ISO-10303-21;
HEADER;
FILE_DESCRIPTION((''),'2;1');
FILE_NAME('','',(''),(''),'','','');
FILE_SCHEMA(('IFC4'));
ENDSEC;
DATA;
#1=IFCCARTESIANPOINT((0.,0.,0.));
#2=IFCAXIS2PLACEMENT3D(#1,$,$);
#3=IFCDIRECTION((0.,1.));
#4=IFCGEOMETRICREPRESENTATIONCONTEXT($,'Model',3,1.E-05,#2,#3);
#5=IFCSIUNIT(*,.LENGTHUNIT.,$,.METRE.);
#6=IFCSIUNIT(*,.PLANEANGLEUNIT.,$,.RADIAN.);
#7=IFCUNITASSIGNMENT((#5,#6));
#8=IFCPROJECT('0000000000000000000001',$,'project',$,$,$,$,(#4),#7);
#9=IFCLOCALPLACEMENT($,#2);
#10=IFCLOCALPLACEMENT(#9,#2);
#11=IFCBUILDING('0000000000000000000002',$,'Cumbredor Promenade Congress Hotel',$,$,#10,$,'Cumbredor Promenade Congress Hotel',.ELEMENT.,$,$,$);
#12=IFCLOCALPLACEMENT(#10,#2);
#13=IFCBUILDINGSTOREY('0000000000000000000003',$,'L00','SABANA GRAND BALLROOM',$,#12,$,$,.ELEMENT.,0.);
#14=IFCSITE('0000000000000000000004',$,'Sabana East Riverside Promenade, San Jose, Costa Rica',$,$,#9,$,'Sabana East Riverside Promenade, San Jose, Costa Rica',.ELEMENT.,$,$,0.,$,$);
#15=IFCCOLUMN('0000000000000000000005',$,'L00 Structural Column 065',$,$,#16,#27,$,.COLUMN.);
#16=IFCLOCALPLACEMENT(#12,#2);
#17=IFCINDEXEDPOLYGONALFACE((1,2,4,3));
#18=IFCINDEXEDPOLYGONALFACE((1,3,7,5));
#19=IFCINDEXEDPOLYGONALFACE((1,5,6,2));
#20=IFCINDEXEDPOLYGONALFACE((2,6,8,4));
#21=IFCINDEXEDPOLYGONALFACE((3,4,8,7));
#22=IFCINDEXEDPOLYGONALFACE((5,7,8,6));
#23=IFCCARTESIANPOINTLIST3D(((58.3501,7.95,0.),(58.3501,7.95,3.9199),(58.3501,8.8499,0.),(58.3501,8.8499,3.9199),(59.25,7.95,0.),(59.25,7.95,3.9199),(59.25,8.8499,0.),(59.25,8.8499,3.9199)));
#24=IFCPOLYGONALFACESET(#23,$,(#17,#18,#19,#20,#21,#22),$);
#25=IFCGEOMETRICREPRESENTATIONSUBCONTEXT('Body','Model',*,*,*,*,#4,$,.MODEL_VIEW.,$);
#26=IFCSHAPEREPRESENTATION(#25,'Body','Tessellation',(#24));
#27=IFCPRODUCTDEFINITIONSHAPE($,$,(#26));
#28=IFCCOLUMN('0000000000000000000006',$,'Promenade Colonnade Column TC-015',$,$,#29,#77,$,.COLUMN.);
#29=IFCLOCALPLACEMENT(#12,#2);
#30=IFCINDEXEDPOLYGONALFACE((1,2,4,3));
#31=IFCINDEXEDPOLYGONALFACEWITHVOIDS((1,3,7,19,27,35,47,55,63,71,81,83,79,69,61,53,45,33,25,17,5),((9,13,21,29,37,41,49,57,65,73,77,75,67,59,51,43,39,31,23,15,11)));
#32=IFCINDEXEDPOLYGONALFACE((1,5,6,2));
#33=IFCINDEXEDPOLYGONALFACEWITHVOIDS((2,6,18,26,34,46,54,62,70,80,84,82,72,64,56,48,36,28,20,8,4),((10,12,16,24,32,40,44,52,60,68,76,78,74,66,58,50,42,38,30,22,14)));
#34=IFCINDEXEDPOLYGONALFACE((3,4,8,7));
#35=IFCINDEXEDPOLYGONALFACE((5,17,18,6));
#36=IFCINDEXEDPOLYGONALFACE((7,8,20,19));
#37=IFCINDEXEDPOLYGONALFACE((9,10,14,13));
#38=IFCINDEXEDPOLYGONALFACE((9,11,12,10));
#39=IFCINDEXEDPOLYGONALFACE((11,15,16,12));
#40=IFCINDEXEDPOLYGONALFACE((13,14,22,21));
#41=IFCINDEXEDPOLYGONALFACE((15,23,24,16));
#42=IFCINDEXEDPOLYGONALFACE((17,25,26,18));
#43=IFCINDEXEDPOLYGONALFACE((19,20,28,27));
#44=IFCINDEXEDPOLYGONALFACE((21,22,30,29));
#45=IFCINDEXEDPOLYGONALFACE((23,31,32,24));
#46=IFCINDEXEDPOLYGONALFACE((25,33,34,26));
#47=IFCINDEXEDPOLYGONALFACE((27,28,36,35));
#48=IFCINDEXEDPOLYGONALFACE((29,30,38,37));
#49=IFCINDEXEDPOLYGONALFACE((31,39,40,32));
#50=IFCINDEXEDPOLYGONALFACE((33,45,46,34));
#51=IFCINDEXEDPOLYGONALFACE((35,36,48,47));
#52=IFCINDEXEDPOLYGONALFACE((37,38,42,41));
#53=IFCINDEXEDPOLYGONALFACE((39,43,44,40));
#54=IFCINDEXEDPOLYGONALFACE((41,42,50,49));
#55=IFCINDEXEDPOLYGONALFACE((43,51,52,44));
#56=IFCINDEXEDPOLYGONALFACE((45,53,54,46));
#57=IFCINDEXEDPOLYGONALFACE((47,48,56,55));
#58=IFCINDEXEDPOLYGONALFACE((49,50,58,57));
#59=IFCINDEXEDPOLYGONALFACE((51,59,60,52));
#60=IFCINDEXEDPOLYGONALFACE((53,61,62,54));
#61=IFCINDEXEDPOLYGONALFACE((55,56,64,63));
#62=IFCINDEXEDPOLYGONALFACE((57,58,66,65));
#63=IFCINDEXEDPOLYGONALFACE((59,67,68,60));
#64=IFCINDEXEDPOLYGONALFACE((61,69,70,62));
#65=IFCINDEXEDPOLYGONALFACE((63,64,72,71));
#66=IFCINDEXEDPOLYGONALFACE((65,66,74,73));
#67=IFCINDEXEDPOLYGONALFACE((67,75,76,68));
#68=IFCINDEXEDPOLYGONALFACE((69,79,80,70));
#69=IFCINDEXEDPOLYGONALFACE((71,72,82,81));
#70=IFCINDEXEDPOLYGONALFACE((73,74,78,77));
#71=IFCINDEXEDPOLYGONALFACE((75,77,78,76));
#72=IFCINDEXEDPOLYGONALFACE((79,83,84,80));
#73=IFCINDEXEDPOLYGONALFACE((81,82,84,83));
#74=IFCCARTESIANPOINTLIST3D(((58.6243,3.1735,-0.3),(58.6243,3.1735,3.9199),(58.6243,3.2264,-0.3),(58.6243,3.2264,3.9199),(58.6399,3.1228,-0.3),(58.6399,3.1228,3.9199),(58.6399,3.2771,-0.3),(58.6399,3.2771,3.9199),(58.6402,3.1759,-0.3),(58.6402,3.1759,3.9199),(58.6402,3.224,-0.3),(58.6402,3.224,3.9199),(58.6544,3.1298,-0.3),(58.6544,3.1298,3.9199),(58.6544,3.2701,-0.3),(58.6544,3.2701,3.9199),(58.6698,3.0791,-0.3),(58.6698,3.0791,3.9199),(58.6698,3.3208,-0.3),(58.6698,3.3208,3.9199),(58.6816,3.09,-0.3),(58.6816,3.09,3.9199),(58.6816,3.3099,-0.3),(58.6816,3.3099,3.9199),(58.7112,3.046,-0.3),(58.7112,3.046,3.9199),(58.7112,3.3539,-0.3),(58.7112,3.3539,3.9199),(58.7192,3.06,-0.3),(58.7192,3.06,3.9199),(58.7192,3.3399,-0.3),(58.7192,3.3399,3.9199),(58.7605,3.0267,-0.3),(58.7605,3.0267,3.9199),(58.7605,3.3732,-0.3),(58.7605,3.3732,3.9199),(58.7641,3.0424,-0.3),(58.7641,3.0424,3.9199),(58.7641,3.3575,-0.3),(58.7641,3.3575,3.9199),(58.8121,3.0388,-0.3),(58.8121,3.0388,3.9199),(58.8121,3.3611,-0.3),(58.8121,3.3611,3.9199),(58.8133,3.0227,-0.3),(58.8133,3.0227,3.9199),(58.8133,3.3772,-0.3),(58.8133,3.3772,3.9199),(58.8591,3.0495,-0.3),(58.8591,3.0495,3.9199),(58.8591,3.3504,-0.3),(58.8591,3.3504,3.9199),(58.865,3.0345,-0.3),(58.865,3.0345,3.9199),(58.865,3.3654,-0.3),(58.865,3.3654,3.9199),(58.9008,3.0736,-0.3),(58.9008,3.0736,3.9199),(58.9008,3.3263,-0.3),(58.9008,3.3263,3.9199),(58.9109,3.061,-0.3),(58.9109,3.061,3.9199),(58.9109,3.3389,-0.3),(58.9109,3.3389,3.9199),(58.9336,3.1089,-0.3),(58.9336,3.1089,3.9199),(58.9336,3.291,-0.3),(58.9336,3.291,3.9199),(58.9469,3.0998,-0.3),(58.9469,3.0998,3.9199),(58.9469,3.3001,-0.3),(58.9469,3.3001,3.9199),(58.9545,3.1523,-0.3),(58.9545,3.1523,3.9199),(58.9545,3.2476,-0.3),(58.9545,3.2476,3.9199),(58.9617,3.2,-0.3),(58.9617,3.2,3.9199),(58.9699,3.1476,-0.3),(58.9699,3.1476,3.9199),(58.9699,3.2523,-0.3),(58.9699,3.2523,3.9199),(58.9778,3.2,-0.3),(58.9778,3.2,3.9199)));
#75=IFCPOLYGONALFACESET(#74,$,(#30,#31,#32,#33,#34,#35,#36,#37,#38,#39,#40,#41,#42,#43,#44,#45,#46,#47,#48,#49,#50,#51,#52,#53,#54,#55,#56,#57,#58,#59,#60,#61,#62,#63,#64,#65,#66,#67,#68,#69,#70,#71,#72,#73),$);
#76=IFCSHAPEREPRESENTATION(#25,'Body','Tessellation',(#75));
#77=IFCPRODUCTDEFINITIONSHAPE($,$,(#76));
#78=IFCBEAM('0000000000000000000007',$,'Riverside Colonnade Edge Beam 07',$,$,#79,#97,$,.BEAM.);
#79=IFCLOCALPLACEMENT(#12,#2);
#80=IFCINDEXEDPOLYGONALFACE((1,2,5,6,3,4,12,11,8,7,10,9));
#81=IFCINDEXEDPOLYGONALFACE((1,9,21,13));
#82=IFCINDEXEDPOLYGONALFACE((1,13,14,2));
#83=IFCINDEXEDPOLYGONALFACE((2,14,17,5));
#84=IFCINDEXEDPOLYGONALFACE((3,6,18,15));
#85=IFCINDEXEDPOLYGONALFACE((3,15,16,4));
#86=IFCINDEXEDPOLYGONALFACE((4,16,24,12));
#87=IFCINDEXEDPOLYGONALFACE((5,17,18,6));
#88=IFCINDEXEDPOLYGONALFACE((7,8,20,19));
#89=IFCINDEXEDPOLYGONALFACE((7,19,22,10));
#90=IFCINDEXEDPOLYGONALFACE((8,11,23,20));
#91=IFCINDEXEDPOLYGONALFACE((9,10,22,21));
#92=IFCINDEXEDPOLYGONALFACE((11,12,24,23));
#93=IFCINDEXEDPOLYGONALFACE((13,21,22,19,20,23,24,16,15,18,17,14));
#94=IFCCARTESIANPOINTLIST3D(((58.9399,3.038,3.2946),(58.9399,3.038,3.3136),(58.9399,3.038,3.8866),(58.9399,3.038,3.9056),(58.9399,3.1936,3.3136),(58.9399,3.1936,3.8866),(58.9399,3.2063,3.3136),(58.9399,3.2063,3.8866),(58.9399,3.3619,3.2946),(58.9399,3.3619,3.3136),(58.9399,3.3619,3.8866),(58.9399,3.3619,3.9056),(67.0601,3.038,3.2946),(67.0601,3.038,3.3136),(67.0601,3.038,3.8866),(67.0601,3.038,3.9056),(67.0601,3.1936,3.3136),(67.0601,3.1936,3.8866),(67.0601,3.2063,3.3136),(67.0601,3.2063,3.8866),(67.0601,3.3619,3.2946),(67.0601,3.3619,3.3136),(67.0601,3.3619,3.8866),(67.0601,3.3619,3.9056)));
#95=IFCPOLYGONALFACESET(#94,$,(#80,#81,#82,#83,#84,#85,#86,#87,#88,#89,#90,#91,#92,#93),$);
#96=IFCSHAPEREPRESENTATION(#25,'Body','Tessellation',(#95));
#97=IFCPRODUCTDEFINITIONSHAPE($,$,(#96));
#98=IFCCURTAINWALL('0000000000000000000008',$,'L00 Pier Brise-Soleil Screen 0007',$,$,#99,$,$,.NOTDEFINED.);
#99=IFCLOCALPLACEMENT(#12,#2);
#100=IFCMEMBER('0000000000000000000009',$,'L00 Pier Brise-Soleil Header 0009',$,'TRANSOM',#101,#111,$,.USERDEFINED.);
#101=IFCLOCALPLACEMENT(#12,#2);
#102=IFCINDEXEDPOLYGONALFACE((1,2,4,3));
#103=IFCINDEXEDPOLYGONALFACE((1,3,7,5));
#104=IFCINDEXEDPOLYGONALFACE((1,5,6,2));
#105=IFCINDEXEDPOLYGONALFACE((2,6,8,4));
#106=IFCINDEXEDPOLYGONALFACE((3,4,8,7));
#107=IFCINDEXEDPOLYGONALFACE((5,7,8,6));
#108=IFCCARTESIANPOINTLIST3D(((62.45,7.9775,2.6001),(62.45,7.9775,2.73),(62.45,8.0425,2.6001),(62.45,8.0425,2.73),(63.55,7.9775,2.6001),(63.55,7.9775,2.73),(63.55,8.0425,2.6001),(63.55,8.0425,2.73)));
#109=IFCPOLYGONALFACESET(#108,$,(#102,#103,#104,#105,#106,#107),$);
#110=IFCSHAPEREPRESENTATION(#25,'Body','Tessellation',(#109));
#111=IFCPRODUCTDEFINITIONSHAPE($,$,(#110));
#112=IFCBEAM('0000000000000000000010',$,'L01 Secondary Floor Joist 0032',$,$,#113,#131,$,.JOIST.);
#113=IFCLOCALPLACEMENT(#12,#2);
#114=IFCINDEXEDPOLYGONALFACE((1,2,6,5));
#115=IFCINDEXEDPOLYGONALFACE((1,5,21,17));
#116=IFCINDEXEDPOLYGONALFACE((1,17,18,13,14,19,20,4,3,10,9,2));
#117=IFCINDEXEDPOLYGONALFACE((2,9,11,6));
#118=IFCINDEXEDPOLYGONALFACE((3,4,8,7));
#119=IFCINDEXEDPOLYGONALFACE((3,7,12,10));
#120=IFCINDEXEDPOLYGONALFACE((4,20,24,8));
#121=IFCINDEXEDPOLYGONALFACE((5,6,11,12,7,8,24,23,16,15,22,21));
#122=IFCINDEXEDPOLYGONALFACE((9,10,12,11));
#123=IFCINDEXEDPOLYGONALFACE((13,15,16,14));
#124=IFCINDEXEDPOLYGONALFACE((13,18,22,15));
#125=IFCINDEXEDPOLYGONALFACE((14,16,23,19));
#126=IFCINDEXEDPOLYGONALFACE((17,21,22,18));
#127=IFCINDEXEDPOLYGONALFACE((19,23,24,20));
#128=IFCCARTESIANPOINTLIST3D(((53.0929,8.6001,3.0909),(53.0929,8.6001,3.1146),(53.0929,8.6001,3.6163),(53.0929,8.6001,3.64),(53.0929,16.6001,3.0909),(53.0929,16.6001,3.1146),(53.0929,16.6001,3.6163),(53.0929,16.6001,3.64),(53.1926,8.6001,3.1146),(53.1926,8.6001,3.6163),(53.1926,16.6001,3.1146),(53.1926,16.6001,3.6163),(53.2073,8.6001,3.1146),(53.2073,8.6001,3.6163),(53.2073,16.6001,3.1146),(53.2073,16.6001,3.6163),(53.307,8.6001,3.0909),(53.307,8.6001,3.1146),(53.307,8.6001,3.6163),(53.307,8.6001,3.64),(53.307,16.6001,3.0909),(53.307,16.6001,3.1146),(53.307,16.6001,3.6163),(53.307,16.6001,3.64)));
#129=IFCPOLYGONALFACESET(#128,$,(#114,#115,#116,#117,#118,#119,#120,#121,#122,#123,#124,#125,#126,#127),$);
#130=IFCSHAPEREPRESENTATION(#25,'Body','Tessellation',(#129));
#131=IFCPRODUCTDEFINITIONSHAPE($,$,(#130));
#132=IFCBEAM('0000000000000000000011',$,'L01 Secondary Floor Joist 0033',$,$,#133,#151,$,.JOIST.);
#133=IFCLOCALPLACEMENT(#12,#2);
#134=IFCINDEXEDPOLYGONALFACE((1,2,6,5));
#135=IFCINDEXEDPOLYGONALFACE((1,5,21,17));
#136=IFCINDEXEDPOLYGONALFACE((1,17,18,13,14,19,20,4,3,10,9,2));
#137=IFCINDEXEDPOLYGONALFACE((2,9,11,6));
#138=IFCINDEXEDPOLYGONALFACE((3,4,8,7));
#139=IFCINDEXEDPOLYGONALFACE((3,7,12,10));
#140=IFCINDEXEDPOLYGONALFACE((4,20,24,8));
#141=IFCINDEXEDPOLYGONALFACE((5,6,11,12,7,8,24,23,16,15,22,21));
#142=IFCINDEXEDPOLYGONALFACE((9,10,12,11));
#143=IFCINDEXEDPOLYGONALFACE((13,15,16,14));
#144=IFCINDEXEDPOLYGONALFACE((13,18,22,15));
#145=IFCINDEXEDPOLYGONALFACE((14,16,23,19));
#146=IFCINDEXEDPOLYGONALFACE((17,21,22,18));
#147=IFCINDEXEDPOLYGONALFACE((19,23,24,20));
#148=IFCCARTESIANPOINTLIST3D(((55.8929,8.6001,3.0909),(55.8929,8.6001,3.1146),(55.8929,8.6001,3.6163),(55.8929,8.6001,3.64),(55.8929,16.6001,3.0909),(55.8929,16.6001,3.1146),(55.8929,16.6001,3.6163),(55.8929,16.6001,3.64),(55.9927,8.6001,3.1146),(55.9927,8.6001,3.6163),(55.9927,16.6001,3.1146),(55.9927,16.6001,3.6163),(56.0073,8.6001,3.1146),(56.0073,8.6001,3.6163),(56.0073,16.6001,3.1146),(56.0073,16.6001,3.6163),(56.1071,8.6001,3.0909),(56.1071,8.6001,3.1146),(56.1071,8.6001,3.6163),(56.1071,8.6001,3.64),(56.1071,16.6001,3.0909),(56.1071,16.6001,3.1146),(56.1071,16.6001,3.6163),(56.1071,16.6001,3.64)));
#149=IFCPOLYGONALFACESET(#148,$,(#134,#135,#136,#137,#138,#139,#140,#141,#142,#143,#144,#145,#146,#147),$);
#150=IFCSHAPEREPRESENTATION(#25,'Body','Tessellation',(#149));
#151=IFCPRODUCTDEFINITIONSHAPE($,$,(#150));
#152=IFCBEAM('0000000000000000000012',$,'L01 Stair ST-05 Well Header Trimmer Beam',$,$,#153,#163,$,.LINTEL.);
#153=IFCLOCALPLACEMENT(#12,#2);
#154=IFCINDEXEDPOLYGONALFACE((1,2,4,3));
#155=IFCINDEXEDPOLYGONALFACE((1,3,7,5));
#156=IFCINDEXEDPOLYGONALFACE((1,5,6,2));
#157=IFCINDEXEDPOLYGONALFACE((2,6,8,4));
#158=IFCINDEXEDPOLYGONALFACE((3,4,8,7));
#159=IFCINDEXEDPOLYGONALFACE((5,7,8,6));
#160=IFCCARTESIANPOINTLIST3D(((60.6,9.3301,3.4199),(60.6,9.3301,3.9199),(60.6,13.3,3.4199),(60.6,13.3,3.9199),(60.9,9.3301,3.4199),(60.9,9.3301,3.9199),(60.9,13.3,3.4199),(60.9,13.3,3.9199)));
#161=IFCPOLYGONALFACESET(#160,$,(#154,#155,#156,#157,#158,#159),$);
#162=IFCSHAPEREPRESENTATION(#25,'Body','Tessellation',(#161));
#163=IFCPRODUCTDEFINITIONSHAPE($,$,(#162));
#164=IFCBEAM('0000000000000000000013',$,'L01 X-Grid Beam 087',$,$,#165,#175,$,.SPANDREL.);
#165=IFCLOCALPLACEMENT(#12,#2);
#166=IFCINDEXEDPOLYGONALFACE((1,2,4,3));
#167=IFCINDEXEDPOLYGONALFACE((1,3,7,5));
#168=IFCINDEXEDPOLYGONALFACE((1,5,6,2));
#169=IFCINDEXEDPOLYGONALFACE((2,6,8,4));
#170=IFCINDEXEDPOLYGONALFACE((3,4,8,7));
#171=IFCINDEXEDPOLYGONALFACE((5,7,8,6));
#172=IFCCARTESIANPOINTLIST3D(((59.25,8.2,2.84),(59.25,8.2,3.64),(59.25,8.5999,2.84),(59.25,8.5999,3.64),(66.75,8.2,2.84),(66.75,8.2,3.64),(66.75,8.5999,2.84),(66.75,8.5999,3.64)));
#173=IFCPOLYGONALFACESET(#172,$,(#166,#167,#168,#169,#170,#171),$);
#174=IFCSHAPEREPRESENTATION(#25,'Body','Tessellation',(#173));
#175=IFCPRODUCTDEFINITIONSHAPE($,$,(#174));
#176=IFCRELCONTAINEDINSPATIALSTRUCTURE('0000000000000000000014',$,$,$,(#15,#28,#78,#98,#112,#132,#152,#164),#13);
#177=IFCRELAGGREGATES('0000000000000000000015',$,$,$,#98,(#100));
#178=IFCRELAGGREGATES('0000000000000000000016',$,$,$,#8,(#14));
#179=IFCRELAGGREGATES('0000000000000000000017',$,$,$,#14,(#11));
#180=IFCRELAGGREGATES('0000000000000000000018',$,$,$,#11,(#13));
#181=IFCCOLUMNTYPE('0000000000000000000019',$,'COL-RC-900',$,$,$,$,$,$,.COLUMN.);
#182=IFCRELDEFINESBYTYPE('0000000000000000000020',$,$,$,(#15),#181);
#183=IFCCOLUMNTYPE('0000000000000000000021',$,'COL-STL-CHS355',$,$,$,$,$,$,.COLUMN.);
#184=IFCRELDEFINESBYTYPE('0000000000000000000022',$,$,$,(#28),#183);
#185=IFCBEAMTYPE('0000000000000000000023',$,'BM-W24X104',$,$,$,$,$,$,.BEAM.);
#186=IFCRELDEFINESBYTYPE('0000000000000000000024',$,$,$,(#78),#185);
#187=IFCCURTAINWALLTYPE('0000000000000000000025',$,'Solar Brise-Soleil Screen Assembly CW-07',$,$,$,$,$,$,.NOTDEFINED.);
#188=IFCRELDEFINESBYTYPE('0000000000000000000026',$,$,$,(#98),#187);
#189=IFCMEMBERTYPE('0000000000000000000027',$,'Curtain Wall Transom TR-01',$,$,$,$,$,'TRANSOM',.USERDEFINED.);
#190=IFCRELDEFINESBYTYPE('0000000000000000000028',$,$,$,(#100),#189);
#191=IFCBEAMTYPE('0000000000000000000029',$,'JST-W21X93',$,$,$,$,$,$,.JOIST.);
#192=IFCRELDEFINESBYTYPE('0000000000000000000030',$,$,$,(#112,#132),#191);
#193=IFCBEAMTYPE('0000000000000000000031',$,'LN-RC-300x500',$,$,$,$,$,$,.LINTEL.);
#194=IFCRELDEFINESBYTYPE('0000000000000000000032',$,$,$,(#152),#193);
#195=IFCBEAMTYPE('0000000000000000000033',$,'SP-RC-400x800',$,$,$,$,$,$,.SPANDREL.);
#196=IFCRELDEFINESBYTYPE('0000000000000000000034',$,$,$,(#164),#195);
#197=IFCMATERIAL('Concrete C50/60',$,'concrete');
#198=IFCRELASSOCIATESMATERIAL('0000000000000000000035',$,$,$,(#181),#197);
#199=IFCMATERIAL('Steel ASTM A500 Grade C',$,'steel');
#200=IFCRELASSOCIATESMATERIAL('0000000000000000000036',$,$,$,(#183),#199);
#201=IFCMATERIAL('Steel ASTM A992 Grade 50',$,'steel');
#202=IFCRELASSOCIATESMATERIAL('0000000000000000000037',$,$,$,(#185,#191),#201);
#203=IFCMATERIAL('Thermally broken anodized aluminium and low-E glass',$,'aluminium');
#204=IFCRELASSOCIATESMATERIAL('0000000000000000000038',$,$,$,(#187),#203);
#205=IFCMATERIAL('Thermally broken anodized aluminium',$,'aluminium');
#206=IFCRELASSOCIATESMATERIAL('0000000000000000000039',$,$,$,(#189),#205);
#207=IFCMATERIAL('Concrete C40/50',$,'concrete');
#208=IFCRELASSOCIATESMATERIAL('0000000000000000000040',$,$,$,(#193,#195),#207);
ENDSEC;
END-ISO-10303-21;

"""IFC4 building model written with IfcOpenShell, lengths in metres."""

from ifc_helpers import new_model, si_unit, direction, frame, origin, origin_2d, place, context, subcontext, project, spatial, rectangle, hollow_circle, i_section, extrude, material, material_profile, profile_set, type_object, element, aggregate, save


model = new_model("IFC4")

# Units and contexts
model_context = context("Model", 3, precision=1e-05, world=origin(), true_north=direction((0.0, 1.0)))
body_context = subcontext(model_context, "Body", "Model", "MODEL_VIEW")
ifc_project = project(units=[si_unit("LENGTHUNIT", "METRE"), si_unit("PLANEANGLEUNIT", "RADIAN")], contexts=[model_context])

# Site, building, storey
site_placement = place(None, origin())
site = spatial("IfcSite", under=ifc_project, at=site_placement, Name="Sabana East Riverside Promenade, San Jose, Costa Rica", LongName="Sabana East Riverside Promenade, San Jose, Costa Rica", CompositionType="ELEMENT", RefElevation=0.0)
building_placement = place(site_placement, origin())
building = spatial("IfcBuilding", under=site, at=building_placement, Name="Cumbredor Promenade Congress Hotel", LongName="Cumbredor Promenade Congress Hotel", CompositionType="ELEMENT")
storey_placement = place(building_placement, origin())
storey = spatial("IfcBuildingStorey", under=building, at=storey_placement, Name="L00", Description="SABANA GRAND BALLROOM", CompositionType="ELEMENT", Elevation=0.0)

# Columns
ifc_material_1 = material(Name="Concrete C50/60", Category="concrete")
ifc_material_profile_1 = material_profile(ifc_material_1, rectangle(XDim=0.8999, YDim=0.8999, at=origin_2d()), Name="RC 900x900")
ifc_profile_set_1 = profile_set([ifc_material_profile_1], Name="Concrete C50/60")
column_type_1 = type_object("IfcColumnType", Name="COL-RC-900", PredefinedType="COLUMN", material=ifc_profile_set_1)
column_1_placement = place(storey_placement, frame((58.8, 8.3999, 0.0), z_axis=(0.0, 0.0, 1.0), x_axis=(1.0, 0.0, 0.0)))
element("IfcColumn", 1, at=column_1_placement, inside=storey, type_object=column_type_1, Name="L00 Structural Column 065", PredefinedType="COLUMN", context=body_context, shape_type="SweptSolid", body=[
    extrude(rectangle(XDim=0.8999, YDim=0.8999, at=origin_2d()), origin(), (0.0, 0.0, 1.0), 3.9199),
])
ifc_material_2 = material(Name="Steel ASTM A500 Grade C", Category="steel")
ifc_material_profile_2 = material_profile(ifc_material_2, hollow_circle(Radius=0.1777, WallThickness=0.0161, at=origin_2d()), Name="CHS 355.6x16")
ifc_profile_set_2 = profile_set([ifc_material_profile_2], Name="Steel ASTM A500 Grade C")
column_type_2 = type_object("IfcColumnType", Name="COL-STL-CHS355", PredefinedType="COLUMN", material=ifc_profile_set_2)
column_2_placement = place(storey_placement, frame((58.8, 3.2, -0.3), z_axis=(0.0, 0.0, 1.0), x_axis=(1.0, 0.0, 0.0)))
element("IfcColumn", 2, at=column_2_placement, inside=storey, type_object=column_type_2, Name="Promenade Colonnade Column TC-015", PredefinedType="COLUMN", context=body_context, shape_type="SweptSolid", body=[
    extrude(hollow_circle(Radius=0.1777, WallThickness=0.0161, at=origin_2d()), origin(), (0.0, 0.0, 1.0), 4.22),
])

# Beam
ifc_material_3 = material(Name="Steel ASTM A992 Grade 50", Category="steel")
ifc_material_profile_3 = material_profile(ifc_material_3, i_section(OverallWidth=0.324, OverallDepth=0.6111, WebThickness=0.0127, FlangeThickness=0.019, at=origin_2d()), Name="W24X104")
ifc_profile_set_3 = profile_set([ifc_material_profile_3], Name="Steel ASTM A992 Grade 50")
beam_type_1 = type_object("IfcBeamType", Name="BM-W24X104", PredefinedType="BEAM", material=ifc_profile_set_3)
beam_1_placement = place(storey_placement, frame((58.9399, 3.2, 3.6001), z_axis=(1.0, 0.0, 0.0), x_axis=(0.0, 1.0, 0.0)))
element("IfcBeam", 3, at=beam_1_placement, inside=storey, type_object=beam_type_1, Name="Riverside Colonnade Edge Beam 07", PredefinedType="BEAM", context=body_context, shape_type="SweptSolid", body=[
    extrude(i_section(OverallWidth=0.324, OverallDepth=0.6111, WebThickness=0.0127, FlangeThickness=0.019, at=origin_2d()), origin(), (0.0, 0.0, 1.0), 8.1201),
])

# Curtain wall, member
ifc_material_4 = material(Name="Thermally broken anodized aluminium and low-E glass", Category="aluminium")
curtain_wall_type = type_object("IfcCurtainWallType", Name="Solar Brise-Soleil Screen Assembly CW-07", PredefinedType="NOTDEFINED", material=ifc_material_4)
curtain_wall_placement = place(storey_placement, origin())
curtain_wall = element("IfcCurtainWall", 4, at=curtain_wall_placement, inside=storey, type_object=curtain_wall_type, Name="L00 Pier Brise-Soleil Screen 0007", PredefinedType="NOTDEFINED")
ifc_material_5 = material(Name="Thermally broken anodized aluminium", Category="aluminium")
ifc_material_profile_4 = material_profile(ifc_material_5, rectangle(XDim=0.0649, YDim=0.1299, at=origin_2d()), Name="ALU TRANSOM 65x130")
ifc_profile_set_4 = profile_set([ifc_material_profile_4], Name="Thermally broken anodized aluminium")
member_type_1 = type_object("IfcMemberType", Name="Curtain Wall Transom TR-01", ElementType="TRANSOM", PredefinedType="USERDEFINED", material=ifc_profile_set_4)
member_1_placement = place(storey_placement, frame((62.45, 8.01, 2.665), z_axis=(1.0, 0.0, 0.0), x_axis=(0.0, 1.0, 0.0)))
member_1 = element("IfcMember", 5, at=member_1_placement, type_object=member_type_1, Name="L00 Pier Brise-Soleil Header 0009", ObjectType="TRANSOM", PredefinedType="USERDEFINED", context=body_context, shape_type="SweptSolid", body=[
    extrude(rectangle(XDim=0.0649, YDim=0.1299, at=origin_2d()), origin(), (0.0, 0.0, 1.0), 1.1001),
])

# Beams
ifc_material_profile_5 = material_profile(ifc_material_3, i_section(OverallWidth=0.2141, OverallDepth=0.5491, WebThickness=0.0146, FlangeThickness=0.0237, at=origin_2d()), Name="W21X93")
ifc_profile_set_5 = profile_set([ifc_material_profile_5], Name="Steel ASTM A992 Grade 50")
beam_type_2 = type_object("IfcBeamType", Name="JST-W21X93", PredefinedType="JOIST", material=ifc_profile_set_5)
for number, where, z_axis, x_axis, name in (
    (6, (53.2, 8.6001, 3.3655), (0.0, 1.0, 0.0), (-1.0, 0.0, 0.0), "L01 Secondary Floor Joist 0032"),
    (7, (56.0, 8.6001, 3.3655), (0.0, 1.0, 0.0), (-1.0, 0.0, 0.0), "L01 Secondary Floor Joist 0033"),
):
    element("IfcBeam", number, at=place(storey_placement, frame(where, z_axis=z_axis, x_axis=x_axis)), inside=storey, type_object=beam_type_2, Name=name, PredefinedType="JOIST", context=body_context, shape_type="SweptSolid", body=[
        extrude(i_section(OverallWidth=0.2141, OverallDepth=0.5491, WebThickness=0.0146, FlangeThickness=0.0237, at=origin_2d()), origin(), (0.0, 0.0, 1.0), 8.0),
    ])
ifc_material_6 = material(Name="Concrete C40/50", Category="concrete")
ifc_material_profile_6 = material_profile(ifc_material_6, rectangle(XDim=0.3, YDim=0.5, at=origin_2d()), Name="RC LINTEL 300x500")
ifc_profile_set_6 = profile_set([ifc_material_profile_6], Name="Concrete C40/50")
beam_type_3 = type_object("IfcBeamType", Name="LN-RC-300x500", PredefinedType="LINTEL", material=ifc_profile_set_6)
beam_2_placement = place(storey_placement, frame((60.75, 9.3301, 3.6699), z_axis=(0.0, 1.0, 0.0), x_axis=(-1.0, 0.0, 0.0)))
element("IfcBeam", 8, at=beam_2_placement, inside=storey, type_object=beam_type_3, Name="L01 Stair ST-05 Well Header Trimmer Beam", PredefinedType="LINTEL", context=body_context, shape_type="SweptSolid", body=[
    extrude(rectangle(XDim=0.3, YDim=0.5, at=origin_2d()), origin(), (0.0, 0.0, 1.0), 3.97),
])
ifc_material_profile_7 = material_profile(ifc_material_6, rectangle(XDim=0.3999, YDim=0.8, at=origin_2d()), Name="RC SPANDREL 400x800")
ifc_profile_set_7 = profile_set([ifc_material_profile_7], Name="Concrete C40/50")
beam_type_4 = type_object("IfcBeamType", Name="SP-RC-400x800", PredefinedType="SPANDREL", material=ifc_profile_set_7)
beam_3_placement = place(storey_placement, frame((59.25, 8.3999, 3.24), z_axis=(1.0, 0.0, 0.0), x_axis=(0.0, 1.0, 0.0)))
element("IfcBeam", 9, at=beam_3_placement, inside=storey, type_object=beam_type_4, Name="L01 X-Grid Beam 087", PredefinedType="SPANDREL", context=body_context, shape_type="SweptSolid", body=[
    extrude(rectangle(XDim=0.3999, YDim=0.8, at=origin_2d()), origin(), (0.0, 0.0, 1.0), 7.5),
])

aggregate(curtain_wall, [member_1])

save(model, "model.ifc")
